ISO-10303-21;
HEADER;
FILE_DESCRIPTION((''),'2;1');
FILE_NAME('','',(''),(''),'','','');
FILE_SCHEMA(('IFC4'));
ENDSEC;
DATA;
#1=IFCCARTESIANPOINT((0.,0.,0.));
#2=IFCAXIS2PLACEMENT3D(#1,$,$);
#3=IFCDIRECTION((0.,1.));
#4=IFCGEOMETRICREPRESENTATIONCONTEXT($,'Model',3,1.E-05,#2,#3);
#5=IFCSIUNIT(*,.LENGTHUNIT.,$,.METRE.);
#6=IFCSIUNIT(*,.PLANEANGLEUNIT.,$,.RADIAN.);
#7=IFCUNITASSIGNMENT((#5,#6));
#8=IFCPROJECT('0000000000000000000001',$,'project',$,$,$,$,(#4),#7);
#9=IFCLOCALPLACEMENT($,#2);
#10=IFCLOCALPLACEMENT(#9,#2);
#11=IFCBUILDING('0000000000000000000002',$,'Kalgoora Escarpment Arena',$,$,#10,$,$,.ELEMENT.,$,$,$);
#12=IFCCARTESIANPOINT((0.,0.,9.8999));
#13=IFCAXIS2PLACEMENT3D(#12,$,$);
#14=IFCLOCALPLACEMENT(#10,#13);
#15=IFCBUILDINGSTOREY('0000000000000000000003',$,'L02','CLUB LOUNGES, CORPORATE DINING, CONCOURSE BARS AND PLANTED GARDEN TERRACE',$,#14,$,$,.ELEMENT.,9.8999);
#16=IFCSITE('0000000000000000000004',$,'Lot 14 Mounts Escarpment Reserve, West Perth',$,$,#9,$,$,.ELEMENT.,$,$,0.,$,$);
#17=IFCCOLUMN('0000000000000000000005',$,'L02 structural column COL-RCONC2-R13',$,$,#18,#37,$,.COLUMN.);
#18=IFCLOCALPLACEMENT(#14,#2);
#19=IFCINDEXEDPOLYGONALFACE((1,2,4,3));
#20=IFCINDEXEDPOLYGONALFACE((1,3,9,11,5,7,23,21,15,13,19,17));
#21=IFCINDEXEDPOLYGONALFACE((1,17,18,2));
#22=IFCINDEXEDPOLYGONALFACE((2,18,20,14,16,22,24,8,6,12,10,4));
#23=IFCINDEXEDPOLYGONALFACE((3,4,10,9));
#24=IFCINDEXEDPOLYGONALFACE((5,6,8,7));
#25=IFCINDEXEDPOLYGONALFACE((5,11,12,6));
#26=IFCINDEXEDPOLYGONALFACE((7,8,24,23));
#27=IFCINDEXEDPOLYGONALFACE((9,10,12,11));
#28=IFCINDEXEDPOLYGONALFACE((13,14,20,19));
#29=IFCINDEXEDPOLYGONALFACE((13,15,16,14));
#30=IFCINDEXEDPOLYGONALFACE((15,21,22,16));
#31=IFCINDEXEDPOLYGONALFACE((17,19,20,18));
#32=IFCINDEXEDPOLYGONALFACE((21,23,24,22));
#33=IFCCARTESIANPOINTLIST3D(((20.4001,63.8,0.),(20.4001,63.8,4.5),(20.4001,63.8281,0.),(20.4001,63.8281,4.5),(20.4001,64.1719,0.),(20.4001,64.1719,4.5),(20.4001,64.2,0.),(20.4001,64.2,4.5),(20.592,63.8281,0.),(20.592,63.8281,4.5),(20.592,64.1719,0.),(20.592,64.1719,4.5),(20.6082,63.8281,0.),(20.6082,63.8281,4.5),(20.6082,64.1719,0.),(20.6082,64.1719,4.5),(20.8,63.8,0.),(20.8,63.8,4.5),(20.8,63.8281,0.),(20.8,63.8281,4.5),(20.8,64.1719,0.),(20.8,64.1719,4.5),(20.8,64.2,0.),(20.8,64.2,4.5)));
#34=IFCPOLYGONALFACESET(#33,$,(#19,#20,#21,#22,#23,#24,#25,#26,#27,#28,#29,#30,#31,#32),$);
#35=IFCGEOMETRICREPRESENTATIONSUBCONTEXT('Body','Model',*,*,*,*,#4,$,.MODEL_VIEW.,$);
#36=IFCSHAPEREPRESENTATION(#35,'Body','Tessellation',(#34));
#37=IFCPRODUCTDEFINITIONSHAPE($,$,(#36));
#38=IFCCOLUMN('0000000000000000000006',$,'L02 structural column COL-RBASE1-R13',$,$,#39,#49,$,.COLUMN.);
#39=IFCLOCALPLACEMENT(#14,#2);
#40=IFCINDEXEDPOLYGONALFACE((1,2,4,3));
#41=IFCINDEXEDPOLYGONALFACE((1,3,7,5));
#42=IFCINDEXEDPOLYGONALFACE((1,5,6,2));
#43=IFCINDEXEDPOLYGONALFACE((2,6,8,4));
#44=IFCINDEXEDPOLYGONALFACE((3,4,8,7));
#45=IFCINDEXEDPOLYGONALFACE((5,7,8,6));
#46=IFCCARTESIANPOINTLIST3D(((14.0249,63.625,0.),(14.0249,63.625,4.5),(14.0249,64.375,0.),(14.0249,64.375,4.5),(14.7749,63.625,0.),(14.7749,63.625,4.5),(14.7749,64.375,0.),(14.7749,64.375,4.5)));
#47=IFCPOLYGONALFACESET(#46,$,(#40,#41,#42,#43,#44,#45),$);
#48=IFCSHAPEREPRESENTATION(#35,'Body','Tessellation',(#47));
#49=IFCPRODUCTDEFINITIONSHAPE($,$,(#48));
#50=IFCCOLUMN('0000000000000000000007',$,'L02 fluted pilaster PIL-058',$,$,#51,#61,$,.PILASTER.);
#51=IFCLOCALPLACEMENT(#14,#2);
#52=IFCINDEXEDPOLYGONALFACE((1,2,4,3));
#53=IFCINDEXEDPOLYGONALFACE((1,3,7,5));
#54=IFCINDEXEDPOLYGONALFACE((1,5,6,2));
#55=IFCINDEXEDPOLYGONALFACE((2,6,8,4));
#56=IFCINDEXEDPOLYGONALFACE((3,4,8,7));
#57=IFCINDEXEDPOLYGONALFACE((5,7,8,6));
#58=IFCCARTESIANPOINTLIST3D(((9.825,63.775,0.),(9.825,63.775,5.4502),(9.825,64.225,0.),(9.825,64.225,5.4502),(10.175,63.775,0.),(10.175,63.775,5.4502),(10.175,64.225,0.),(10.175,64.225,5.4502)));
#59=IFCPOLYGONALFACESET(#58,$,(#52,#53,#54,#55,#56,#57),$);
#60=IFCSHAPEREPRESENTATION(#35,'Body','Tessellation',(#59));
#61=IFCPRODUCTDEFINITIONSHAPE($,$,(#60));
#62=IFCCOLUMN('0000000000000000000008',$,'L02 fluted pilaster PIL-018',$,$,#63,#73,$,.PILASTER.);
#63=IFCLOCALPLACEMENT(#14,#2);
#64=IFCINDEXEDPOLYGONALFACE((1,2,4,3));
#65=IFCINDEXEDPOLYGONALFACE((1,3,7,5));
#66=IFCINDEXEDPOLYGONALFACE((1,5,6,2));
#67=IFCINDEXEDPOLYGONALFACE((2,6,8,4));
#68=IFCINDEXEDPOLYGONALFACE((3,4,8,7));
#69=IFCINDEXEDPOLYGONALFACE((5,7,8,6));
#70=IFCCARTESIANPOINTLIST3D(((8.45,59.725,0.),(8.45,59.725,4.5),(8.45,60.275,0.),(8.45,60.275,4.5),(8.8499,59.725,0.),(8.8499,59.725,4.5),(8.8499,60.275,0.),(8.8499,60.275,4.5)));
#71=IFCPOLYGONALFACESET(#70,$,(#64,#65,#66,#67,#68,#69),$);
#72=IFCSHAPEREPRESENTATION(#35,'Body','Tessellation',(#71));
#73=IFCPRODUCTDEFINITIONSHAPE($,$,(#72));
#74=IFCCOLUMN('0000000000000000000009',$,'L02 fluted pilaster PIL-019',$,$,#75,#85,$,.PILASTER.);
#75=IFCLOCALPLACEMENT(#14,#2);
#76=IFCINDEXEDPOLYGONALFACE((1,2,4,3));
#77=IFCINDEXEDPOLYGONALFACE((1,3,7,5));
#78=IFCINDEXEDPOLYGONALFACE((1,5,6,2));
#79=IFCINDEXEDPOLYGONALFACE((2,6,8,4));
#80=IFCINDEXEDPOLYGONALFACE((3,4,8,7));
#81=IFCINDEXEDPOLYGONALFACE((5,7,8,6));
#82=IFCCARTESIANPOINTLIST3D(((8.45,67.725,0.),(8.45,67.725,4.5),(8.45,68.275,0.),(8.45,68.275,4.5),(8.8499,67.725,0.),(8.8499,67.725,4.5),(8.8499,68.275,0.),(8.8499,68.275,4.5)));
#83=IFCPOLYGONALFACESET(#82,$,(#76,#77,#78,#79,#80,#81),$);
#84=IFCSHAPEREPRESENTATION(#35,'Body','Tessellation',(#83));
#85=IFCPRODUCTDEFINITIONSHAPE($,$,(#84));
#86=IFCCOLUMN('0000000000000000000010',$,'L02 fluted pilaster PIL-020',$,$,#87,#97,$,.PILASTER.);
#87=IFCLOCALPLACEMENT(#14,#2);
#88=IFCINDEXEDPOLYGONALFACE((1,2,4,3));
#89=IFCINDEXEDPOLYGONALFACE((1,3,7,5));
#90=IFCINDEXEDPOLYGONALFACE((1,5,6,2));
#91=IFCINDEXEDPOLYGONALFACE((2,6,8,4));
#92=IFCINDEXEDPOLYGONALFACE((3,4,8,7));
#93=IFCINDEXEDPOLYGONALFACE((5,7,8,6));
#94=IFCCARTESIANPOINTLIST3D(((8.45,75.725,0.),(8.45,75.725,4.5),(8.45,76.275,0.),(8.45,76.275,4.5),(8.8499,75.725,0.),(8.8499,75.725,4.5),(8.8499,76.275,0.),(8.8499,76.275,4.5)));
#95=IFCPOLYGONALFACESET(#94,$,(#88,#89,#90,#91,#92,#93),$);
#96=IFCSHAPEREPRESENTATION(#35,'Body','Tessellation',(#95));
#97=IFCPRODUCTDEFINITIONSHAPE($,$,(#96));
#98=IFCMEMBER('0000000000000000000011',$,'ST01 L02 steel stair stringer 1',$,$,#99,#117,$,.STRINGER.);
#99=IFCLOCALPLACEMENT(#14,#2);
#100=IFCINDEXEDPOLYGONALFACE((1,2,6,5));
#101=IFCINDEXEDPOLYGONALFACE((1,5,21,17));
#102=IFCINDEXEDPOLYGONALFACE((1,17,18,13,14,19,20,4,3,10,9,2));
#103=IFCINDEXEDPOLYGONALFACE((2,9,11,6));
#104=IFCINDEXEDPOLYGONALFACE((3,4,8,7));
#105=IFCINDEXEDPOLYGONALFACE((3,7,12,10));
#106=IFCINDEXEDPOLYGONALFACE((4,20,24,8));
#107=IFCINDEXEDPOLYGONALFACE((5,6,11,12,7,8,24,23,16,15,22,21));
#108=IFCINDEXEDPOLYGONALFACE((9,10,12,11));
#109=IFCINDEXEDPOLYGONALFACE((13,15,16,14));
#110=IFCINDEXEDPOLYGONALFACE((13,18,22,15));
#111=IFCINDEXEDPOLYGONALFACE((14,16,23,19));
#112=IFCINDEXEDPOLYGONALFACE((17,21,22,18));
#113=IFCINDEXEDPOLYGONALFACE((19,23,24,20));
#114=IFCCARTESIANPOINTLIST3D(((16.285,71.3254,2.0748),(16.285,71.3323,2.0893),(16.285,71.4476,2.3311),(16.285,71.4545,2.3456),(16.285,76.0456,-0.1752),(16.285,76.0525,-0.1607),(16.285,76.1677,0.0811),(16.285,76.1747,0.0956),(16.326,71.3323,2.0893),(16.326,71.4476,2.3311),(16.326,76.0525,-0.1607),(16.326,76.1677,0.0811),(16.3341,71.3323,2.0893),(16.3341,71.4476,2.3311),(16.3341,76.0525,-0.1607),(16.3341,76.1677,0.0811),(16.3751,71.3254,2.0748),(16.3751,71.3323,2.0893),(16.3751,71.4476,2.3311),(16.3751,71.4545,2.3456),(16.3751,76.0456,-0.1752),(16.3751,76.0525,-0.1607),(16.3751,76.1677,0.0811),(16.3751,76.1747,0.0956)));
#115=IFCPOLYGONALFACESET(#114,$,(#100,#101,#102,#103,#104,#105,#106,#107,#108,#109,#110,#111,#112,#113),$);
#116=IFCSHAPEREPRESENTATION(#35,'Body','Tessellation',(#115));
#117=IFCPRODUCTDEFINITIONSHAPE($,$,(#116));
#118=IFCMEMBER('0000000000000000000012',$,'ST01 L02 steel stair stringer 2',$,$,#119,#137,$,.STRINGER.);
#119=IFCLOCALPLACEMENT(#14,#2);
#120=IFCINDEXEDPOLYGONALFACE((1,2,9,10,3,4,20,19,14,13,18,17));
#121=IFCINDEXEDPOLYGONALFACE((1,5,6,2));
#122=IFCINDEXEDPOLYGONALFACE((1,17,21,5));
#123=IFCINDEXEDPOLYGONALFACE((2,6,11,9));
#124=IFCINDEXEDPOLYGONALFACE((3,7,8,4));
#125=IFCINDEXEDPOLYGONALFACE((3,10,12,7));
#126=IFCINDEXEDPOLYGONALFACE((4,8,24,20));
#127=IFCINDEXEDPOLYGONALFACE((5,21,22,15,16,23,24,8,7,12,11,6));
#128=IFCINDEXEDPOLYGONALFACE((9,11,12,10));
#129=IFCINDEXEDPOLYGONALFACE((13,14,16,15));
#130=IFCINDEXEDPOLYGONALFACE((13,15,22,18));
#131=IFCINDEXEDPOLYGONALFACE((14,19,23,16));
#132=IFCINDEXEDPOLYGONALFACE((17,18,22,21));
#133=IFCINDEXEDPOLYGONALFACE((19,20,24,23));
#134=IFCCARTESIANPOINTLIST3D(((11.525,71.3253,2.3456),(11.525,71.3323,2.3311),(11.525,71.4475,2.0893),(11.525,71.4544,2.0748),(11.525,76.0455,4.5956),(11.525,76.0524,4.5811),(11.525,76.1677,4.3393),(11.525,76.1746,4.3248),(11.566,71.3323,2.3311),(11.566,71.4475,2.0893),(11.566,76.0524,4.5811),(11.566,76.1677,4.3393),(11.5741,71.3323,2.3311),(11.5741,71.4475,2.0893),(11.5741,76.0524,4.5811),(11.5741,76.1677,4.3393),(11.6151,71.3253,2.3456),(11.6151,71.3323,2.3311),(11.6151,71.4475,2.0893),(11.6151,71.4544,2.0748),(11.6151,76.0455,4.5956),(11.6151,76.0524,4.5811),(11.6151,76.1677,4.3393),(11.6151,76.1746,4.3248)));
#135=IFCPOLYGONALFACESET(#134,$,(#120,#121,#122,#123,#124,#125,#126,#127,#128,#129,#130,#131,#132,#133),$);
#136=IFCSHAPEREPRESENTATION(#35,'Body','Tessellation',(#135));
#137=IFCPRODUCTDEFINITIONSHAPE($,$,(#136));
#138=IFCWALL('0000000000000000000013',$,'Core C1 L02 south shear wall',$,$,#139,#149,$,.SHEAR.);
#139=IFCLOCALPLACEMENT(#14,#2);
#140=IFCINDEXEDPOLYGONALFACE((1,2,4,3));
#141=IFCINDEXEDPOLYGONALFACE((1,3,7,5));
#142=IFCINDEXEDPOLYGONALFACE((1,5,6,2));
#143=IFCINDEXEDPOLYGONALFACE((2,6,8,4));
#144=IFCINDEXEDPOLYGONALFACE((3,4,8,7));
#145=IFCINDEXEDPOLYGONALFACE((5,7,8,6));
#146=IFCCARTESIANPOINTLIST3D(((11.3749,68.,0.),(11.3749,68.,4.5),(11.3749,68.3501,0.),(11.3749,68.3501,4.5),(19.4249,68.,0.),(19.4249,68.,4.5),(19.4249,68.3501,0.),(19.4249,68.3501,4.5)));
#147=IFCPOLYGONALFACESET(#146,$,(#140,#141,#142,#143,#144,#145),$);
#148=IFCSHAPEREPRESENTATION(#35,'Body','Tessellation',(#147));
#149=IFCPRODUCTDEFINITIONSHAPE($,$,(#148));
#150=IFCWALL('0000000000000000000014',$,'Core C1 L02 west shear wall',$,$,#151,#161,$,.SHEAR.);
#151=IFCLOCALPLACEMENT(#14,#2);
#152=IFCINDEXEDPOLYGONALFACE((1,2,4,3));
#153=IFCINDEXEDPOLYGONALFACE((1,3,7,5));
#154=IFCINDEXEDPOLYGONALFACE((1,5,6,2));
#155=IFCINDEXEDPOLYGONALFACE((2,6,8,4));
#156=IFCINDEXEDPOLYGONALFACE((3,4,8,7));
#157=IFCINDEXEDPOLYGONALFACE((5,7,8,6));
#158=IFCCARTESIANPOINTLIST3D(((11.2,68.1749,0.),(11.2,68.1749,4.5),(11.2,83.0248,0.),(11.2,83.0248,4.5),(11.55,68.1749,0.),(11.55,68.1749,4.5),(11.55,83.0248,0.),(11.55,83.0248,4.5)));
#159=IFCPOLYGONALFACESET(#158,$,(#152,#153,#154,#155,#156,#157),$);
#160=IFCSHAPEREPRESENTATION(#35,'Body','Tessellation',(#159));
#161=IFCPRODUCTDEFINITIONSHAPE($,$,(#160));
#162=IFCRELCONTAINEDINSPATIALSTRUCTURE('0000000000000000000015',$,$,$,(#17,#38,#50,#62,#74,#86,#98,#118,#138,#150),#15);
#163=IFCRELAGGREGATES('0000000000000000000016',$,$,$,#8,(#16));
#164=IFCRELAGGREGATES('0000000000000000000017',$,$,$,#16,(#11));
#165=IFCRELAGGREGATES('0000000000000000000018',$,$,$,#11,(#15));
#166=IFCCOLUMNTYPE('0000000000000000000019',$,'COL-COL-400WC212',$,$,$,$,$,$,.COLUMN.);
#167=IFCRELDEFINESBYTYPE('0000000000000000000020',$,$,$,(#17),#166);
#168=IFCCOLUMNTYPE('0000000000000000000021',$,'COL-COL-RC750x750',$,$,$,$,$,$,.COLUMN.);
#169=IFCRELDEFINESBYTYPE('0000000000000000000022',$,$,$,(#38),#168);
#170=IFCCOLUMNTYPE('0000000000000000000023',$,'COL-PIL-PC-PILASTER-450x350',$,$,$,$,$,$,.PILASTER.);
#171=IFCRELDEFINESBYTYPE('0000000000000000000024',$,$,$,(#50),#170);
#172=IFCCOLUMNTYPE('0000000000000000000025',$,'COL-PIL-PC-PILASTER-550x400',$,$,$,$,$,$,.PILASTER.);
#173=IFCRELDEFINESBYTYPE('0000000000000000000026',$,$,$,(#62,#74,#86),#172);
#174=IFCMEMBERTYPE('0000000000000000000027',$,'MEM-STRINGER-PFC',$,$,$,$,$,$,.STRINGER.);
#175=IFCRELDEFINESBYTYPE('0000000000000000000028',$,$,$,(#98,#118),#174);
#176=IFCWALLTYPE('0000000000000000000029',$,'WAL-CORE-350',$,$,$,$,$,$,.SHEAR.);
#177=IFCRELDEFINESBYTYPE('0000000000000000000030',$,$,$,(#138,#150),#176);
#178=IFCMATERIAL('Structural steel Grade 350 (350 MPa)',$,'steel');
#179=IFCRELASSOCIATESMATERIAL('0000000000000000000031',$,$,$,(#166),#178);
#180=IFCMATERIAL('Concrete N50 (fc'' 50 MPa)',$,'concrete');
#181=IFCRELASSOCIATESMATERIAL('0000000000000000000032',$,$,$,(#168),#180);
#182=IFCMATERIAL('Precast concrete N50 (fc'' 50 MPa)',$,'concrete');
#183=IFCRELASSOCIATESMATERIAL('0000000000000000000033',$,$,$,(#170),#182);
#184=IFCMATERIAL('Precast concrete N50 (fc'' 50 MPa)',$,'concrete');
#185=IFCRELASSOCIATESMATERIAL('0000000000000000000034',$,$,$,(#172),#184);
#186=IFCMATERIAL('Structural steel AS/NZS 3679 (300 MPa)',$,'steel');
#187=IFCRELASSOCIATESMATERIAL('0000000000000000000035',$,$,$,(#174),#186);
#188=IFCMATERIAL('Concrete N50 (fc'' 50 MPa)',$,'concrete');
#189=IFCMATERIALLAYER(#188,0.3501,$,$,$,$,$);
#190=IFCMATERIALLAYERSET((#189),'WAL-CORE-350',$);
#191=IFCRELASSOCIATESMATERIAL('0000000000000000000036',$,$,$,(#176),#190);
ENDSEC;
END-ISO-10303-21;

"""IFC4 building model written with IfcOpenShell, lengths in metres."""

from ifc_helpers import new_model, si_unit, direction, frame, frame_2d, origin, origin_2d, place, context, subcontext, project, spatial, rectangle, i_section, extrude, material, layer, layer_set, material_profile, profile_set, type_object, element, save


model = new_model("IFC4")

# Units and contexts
model_context = context("Model", 3, precision=1e-05, world=origin(), true_north=direction((0.0, 1.0)))
body_context = subcontext(model_context, "Body", "Model", "MODEL_VIEW")
ifc_project = project(units=[si_unit("LENGTHUNIT", "METRE"), si_unit("PLANEANGLEUNIT", "RADIAN")], contexts=[model_context])

# Site, building, storey
site_placement = place(None, origin())
site = spatial("IfcSite", under=ifc_project, at=site_placement, Name="Lot 14 Mounts Escarpment Reserve, West Perth", CompositionType="ELEMENT", RefElevation=0.0)
building_placement = place(site_placement, origin())
building = spatial("IfcBuilding", under=site, at=building_placement, Name="Kalgoora Escarpment Arena", CompositionType="ELEMENT")
storey_placement = place(building_placement, frame((0.0, 0.0, 9.8999)))
storey = spatial("IfcBuildingStorey", under=building, at=storey_placement, Name="L02", Description="CLUB LOUNGES, CORPORATE DINING, CONCOURSE BARS AND PLANTED GARDEN TERRACE", CompositionType="ELEMENT", Elevation=9.8999)

# Columns
ifc_material_1 = material(Name="Structural steel Grade 350 (350 MPa)", Category="steel")
ifc_material_profile_1 = material_profile(ifc_material_1, i_section(OverallWidth=0.3999, OverallDepth=0.3999, WebThickness=0.0161, FlangeThickness=0.0281, at=origin_2d()))
ifc_profile_set_1 = profile_set([ifc_material_profile_1], Name="Structural steel Grade 350 (350 MPa)")
column_type_1 = type_object("IfcColumnType", Name="COL-COL-400WC212", PredefinedType="COLUMN", material=ifc_profile_set_1)
column_1_placement = place(storey_placement, frame((20.6001, 64.0, 0.0), z_axis=(0.0, 0.0, 1.0), x_axis=(-1.0, 0.0, 0.0)))
element("IfcColumn", 1, at=column_1_placement, inside=storey, type_object=column_type_1, Name="L02 structural column COL-RCONC2-R13", PredefinedType="COLUMN", context=body_context, shape_type="SweptSolid", body=[
    extrude(i_section(OverallWidth=0.3999, OverallDepth=0.3999, WebThickness=0.0161, FlangeThickness=0.0281, at=origin_2d()), origin(), (0.0, 0.0, 1.0), 4.5),
])
ifc_material_2 = material(Name="Concrete N50 (fc' 50 MPa)", Category="concrete")
ifc_material_profile_2 = material_profile(ifc_material_2, rectangle(XDim=0.75, YDim=0.75, at=origin_2d()))
ifc_profile_set_2 = profile_set([ifc_material_profile_2], Name="Concrete N50 (fc' 50 MPa)")
column_type_2 = type_object("IfcColumnType", Name="COL-COL-RC750x750", PredefinedType="COLUMN", material=ifc_profile_set_2)
column_2_placement = place(storey_placement, frame((14.3999, 64.0, 0.0), z_axis=(0.0, 0.0, 1.0), x_axis=(-1.0, 0.0, 0.0)))
element("IfcColumn", 2, at=column_2_placement, inside=storey, type_object=column_type_2, Name="L02 structural column COL-RBASE1-R13", PredefinedType="COLUMN", context=body_context, shape_type="SweptSolid", body=[
    extrude(rectangle(XDim=0.75, YDim=0.75, at=origin_2d()), origin(), (0.0, 0.0, 1.0), 4.5),
])
ifc_material_3 = material(Name="Precast concrete N50 (fc' 50 MPa)", Category="concrete")
ifc_material_profile_3 = material_profile(ifc_material_3, rectangle(XDim=0.3501, YDim=0.45, at=origin_2d()))
ifc_profile_set_3 = profile_set([ifc_material_profile_3], Name="Precast concrete N50 (fc' 50 MPa)")
column_type_3 = type_object("IfcColumnType", Name="COL-PIL-PC-PILASTER-450x350", PredefinedType="PILASTER", material=ifc_profile_set_3)
column_3_placement = place(storey_placement, frame((10.0, 64.0, 0.0), z_axis=(0.0, 0.0, 1.0), x_axis=(-1.0, 0.0, 0.0)))
element("IfcColumn", 3, at=column_3_placement, inside=storey, type_object=column_type_3, Name="L02 fluted pilaster PIL-058", PredefinedType="PILASTER", context=body_context, shape_type="SweptSolid", body=[
    extrude(rectangle(XDim=0.3501, YDim=0.45, at=origin_2d()), origin(), (0.0, 0.0, 1.0), 5.4502),
])
ifc_material_4 = material(Name="Precast concrete N50 (fc' 50 MPa)", Category="concrete")
ifc_material_profile_4 = material_profile(ifc_material_4, rectangle(XDim=0.3999, YDim=0.55, at=origin_2d()))
ifc_profile_set_4 = profile_set([ifc_material_profile_4], Name="Precast concrete N50 (fc' 50 MPa)")
column_type_4 = type_object("IfcColumnType", Name="COL-PIL-PC-PILASTER-550x400", PredefinedType="PILASTER", material=ifc_profile_set_4)
for number, where, z_axis, x_axis, name in (
    (4, (8.6499, 60.0, 0.0), (0.0, 0.0, 1.0), (1.0, 0.0, 0.0), "L02 fluted pilaster PIL-018"),
    (5, (8.6499, 68.0, 0.0), (0.0, 0.0, 1.0), (1.0, 0.0, 0.0), "L02 fluted pilaster PIL-019"),
    (6, (8.6499, 76.0, 0.0), (0.0, 0.0, 1.0), (1.0, 0.0, 0.0), "L02 fluted pilaster PIL-020"),
):
    element("IfcColumn", number, at=place(storey_placement, frame(where, z_axis=z_axis, x_axis=x_axis)), inside=storey, type_object=column_type_4, Name=name, PredefinedType="PILASTER", context=body_context, shape_type="SweptSolid", body=[
        extrude(rectangle(XDim=0.3999, YDim=0.55, at=origin_2d()), origin(), (0.0, 0.0, 1.0), 4.5),
    ])

# Members
ifc_material_5 = material(Name="Structural steel AS/NZS 3679 (300 MPa)", Category="steel")
ifc_material_profile_5 = material_profile(ifc_material_5, i_section(OverallWidth=0.0901, OverallDepth=0.3, WebThickness=0.0081, FlangeThickness=0.0161, at=origin_2d()))
ifc_profile_set_5 = profile_set([ifc_material_profile_5], Name="Structural steel AS/NZS 3679 (300 MPa)")
member_type = type_object("IfcMemberType", Name="MEM-STRINGER-PFC", PredefinedType="STRINGER", material=ifc_profile_set_5)
for number, where, z_axis, x_axis, name in (
    (7, (16.3301, 76.1101, -0.0398), (0.0, -0.902691, 0.430289), (1.0, 0.0, 0.0), "ST01 L02 steel stair stringer 1"),
    (8, (11.5701, 71.3899, 2.2102), (0.0, 0.902691, 0.430289), (-1.0, 0.0, 0.0), "ST01 L02 steel stair stringer 2"),
):
    element("IfcMember", number, at=place(storey_placement, frame(where, z_axis=z_axis, x_axis=x_axis)), inside=storey, type_object=member_type, Name=name, PredefinedType="STRINGER", context=body_context, shape_type="SweptSolid", body=[
        extrude(i_section(OverallWidth=0.0901, OverallDepth=0.3, WebThickness=0.0081, FlangeThickness=0.0161, at=origin_2d()), origin(), (0.0, 0.0, 1.0), 5.229),
    ])

# Walls
ifc_material_6 = material(Name="Concrete N50 (fc' 50 MPa)", Category="concrete")
ifc_layer_1 = layer(ifc_material_6, 0.3501)
ifc_layer_set_1 = layer_set([ifc_layer_1], Name="WAL-CORE-350")
wall_type_1 = type_object("IfcWallType", Name="WAL-CORE-350", PredefinedType="SHEAR", material=ifc_layer_set_1)
wall_1_placement = place(storey_placement, frame((11.375, 68.175, 0.0), z_axis=(0.0, 0.0, 1.0), x_axis=(1.0, 0.0, 0.0)))
element("IfcWall", 9, at=wall_1_placement, inside=storey, type_object=wall_type_1, Name="Core C1 L02 south shear wall", PredefinedType="SHEAR", context=body_context, shape_type="SweptSolid", body=[
    extrude(rectangle(XDim=8.05, YDim=0.3501, at=frame_2d((4.0249, 0.0))), origin(), (0.0, 0.0, 1.0), 4.5),
])
wall_2_placement = place(storey_placement, frame((11.375, 68.175, 0.0), z_axis=(0.0, 0.0, 1.0), x_axis=(0.0, 1.0, 0.0)))
element("IfcWall", 10, at=wall_2_placement, inside=storey, type_object=wall_type_1, Name="Core C1 L02 west shear wall", PredefinedType="SHEAR", context=body_context, shape_type="SweptSolid", body=[
    extrude(rectangle(XDim=14.8499, YDim=0.3501, at=frame_2d((7.4248, 0.0))), origin(), (0.0, 0.0, 1.0), 4.5),
])

save(model, "model.ifc")
